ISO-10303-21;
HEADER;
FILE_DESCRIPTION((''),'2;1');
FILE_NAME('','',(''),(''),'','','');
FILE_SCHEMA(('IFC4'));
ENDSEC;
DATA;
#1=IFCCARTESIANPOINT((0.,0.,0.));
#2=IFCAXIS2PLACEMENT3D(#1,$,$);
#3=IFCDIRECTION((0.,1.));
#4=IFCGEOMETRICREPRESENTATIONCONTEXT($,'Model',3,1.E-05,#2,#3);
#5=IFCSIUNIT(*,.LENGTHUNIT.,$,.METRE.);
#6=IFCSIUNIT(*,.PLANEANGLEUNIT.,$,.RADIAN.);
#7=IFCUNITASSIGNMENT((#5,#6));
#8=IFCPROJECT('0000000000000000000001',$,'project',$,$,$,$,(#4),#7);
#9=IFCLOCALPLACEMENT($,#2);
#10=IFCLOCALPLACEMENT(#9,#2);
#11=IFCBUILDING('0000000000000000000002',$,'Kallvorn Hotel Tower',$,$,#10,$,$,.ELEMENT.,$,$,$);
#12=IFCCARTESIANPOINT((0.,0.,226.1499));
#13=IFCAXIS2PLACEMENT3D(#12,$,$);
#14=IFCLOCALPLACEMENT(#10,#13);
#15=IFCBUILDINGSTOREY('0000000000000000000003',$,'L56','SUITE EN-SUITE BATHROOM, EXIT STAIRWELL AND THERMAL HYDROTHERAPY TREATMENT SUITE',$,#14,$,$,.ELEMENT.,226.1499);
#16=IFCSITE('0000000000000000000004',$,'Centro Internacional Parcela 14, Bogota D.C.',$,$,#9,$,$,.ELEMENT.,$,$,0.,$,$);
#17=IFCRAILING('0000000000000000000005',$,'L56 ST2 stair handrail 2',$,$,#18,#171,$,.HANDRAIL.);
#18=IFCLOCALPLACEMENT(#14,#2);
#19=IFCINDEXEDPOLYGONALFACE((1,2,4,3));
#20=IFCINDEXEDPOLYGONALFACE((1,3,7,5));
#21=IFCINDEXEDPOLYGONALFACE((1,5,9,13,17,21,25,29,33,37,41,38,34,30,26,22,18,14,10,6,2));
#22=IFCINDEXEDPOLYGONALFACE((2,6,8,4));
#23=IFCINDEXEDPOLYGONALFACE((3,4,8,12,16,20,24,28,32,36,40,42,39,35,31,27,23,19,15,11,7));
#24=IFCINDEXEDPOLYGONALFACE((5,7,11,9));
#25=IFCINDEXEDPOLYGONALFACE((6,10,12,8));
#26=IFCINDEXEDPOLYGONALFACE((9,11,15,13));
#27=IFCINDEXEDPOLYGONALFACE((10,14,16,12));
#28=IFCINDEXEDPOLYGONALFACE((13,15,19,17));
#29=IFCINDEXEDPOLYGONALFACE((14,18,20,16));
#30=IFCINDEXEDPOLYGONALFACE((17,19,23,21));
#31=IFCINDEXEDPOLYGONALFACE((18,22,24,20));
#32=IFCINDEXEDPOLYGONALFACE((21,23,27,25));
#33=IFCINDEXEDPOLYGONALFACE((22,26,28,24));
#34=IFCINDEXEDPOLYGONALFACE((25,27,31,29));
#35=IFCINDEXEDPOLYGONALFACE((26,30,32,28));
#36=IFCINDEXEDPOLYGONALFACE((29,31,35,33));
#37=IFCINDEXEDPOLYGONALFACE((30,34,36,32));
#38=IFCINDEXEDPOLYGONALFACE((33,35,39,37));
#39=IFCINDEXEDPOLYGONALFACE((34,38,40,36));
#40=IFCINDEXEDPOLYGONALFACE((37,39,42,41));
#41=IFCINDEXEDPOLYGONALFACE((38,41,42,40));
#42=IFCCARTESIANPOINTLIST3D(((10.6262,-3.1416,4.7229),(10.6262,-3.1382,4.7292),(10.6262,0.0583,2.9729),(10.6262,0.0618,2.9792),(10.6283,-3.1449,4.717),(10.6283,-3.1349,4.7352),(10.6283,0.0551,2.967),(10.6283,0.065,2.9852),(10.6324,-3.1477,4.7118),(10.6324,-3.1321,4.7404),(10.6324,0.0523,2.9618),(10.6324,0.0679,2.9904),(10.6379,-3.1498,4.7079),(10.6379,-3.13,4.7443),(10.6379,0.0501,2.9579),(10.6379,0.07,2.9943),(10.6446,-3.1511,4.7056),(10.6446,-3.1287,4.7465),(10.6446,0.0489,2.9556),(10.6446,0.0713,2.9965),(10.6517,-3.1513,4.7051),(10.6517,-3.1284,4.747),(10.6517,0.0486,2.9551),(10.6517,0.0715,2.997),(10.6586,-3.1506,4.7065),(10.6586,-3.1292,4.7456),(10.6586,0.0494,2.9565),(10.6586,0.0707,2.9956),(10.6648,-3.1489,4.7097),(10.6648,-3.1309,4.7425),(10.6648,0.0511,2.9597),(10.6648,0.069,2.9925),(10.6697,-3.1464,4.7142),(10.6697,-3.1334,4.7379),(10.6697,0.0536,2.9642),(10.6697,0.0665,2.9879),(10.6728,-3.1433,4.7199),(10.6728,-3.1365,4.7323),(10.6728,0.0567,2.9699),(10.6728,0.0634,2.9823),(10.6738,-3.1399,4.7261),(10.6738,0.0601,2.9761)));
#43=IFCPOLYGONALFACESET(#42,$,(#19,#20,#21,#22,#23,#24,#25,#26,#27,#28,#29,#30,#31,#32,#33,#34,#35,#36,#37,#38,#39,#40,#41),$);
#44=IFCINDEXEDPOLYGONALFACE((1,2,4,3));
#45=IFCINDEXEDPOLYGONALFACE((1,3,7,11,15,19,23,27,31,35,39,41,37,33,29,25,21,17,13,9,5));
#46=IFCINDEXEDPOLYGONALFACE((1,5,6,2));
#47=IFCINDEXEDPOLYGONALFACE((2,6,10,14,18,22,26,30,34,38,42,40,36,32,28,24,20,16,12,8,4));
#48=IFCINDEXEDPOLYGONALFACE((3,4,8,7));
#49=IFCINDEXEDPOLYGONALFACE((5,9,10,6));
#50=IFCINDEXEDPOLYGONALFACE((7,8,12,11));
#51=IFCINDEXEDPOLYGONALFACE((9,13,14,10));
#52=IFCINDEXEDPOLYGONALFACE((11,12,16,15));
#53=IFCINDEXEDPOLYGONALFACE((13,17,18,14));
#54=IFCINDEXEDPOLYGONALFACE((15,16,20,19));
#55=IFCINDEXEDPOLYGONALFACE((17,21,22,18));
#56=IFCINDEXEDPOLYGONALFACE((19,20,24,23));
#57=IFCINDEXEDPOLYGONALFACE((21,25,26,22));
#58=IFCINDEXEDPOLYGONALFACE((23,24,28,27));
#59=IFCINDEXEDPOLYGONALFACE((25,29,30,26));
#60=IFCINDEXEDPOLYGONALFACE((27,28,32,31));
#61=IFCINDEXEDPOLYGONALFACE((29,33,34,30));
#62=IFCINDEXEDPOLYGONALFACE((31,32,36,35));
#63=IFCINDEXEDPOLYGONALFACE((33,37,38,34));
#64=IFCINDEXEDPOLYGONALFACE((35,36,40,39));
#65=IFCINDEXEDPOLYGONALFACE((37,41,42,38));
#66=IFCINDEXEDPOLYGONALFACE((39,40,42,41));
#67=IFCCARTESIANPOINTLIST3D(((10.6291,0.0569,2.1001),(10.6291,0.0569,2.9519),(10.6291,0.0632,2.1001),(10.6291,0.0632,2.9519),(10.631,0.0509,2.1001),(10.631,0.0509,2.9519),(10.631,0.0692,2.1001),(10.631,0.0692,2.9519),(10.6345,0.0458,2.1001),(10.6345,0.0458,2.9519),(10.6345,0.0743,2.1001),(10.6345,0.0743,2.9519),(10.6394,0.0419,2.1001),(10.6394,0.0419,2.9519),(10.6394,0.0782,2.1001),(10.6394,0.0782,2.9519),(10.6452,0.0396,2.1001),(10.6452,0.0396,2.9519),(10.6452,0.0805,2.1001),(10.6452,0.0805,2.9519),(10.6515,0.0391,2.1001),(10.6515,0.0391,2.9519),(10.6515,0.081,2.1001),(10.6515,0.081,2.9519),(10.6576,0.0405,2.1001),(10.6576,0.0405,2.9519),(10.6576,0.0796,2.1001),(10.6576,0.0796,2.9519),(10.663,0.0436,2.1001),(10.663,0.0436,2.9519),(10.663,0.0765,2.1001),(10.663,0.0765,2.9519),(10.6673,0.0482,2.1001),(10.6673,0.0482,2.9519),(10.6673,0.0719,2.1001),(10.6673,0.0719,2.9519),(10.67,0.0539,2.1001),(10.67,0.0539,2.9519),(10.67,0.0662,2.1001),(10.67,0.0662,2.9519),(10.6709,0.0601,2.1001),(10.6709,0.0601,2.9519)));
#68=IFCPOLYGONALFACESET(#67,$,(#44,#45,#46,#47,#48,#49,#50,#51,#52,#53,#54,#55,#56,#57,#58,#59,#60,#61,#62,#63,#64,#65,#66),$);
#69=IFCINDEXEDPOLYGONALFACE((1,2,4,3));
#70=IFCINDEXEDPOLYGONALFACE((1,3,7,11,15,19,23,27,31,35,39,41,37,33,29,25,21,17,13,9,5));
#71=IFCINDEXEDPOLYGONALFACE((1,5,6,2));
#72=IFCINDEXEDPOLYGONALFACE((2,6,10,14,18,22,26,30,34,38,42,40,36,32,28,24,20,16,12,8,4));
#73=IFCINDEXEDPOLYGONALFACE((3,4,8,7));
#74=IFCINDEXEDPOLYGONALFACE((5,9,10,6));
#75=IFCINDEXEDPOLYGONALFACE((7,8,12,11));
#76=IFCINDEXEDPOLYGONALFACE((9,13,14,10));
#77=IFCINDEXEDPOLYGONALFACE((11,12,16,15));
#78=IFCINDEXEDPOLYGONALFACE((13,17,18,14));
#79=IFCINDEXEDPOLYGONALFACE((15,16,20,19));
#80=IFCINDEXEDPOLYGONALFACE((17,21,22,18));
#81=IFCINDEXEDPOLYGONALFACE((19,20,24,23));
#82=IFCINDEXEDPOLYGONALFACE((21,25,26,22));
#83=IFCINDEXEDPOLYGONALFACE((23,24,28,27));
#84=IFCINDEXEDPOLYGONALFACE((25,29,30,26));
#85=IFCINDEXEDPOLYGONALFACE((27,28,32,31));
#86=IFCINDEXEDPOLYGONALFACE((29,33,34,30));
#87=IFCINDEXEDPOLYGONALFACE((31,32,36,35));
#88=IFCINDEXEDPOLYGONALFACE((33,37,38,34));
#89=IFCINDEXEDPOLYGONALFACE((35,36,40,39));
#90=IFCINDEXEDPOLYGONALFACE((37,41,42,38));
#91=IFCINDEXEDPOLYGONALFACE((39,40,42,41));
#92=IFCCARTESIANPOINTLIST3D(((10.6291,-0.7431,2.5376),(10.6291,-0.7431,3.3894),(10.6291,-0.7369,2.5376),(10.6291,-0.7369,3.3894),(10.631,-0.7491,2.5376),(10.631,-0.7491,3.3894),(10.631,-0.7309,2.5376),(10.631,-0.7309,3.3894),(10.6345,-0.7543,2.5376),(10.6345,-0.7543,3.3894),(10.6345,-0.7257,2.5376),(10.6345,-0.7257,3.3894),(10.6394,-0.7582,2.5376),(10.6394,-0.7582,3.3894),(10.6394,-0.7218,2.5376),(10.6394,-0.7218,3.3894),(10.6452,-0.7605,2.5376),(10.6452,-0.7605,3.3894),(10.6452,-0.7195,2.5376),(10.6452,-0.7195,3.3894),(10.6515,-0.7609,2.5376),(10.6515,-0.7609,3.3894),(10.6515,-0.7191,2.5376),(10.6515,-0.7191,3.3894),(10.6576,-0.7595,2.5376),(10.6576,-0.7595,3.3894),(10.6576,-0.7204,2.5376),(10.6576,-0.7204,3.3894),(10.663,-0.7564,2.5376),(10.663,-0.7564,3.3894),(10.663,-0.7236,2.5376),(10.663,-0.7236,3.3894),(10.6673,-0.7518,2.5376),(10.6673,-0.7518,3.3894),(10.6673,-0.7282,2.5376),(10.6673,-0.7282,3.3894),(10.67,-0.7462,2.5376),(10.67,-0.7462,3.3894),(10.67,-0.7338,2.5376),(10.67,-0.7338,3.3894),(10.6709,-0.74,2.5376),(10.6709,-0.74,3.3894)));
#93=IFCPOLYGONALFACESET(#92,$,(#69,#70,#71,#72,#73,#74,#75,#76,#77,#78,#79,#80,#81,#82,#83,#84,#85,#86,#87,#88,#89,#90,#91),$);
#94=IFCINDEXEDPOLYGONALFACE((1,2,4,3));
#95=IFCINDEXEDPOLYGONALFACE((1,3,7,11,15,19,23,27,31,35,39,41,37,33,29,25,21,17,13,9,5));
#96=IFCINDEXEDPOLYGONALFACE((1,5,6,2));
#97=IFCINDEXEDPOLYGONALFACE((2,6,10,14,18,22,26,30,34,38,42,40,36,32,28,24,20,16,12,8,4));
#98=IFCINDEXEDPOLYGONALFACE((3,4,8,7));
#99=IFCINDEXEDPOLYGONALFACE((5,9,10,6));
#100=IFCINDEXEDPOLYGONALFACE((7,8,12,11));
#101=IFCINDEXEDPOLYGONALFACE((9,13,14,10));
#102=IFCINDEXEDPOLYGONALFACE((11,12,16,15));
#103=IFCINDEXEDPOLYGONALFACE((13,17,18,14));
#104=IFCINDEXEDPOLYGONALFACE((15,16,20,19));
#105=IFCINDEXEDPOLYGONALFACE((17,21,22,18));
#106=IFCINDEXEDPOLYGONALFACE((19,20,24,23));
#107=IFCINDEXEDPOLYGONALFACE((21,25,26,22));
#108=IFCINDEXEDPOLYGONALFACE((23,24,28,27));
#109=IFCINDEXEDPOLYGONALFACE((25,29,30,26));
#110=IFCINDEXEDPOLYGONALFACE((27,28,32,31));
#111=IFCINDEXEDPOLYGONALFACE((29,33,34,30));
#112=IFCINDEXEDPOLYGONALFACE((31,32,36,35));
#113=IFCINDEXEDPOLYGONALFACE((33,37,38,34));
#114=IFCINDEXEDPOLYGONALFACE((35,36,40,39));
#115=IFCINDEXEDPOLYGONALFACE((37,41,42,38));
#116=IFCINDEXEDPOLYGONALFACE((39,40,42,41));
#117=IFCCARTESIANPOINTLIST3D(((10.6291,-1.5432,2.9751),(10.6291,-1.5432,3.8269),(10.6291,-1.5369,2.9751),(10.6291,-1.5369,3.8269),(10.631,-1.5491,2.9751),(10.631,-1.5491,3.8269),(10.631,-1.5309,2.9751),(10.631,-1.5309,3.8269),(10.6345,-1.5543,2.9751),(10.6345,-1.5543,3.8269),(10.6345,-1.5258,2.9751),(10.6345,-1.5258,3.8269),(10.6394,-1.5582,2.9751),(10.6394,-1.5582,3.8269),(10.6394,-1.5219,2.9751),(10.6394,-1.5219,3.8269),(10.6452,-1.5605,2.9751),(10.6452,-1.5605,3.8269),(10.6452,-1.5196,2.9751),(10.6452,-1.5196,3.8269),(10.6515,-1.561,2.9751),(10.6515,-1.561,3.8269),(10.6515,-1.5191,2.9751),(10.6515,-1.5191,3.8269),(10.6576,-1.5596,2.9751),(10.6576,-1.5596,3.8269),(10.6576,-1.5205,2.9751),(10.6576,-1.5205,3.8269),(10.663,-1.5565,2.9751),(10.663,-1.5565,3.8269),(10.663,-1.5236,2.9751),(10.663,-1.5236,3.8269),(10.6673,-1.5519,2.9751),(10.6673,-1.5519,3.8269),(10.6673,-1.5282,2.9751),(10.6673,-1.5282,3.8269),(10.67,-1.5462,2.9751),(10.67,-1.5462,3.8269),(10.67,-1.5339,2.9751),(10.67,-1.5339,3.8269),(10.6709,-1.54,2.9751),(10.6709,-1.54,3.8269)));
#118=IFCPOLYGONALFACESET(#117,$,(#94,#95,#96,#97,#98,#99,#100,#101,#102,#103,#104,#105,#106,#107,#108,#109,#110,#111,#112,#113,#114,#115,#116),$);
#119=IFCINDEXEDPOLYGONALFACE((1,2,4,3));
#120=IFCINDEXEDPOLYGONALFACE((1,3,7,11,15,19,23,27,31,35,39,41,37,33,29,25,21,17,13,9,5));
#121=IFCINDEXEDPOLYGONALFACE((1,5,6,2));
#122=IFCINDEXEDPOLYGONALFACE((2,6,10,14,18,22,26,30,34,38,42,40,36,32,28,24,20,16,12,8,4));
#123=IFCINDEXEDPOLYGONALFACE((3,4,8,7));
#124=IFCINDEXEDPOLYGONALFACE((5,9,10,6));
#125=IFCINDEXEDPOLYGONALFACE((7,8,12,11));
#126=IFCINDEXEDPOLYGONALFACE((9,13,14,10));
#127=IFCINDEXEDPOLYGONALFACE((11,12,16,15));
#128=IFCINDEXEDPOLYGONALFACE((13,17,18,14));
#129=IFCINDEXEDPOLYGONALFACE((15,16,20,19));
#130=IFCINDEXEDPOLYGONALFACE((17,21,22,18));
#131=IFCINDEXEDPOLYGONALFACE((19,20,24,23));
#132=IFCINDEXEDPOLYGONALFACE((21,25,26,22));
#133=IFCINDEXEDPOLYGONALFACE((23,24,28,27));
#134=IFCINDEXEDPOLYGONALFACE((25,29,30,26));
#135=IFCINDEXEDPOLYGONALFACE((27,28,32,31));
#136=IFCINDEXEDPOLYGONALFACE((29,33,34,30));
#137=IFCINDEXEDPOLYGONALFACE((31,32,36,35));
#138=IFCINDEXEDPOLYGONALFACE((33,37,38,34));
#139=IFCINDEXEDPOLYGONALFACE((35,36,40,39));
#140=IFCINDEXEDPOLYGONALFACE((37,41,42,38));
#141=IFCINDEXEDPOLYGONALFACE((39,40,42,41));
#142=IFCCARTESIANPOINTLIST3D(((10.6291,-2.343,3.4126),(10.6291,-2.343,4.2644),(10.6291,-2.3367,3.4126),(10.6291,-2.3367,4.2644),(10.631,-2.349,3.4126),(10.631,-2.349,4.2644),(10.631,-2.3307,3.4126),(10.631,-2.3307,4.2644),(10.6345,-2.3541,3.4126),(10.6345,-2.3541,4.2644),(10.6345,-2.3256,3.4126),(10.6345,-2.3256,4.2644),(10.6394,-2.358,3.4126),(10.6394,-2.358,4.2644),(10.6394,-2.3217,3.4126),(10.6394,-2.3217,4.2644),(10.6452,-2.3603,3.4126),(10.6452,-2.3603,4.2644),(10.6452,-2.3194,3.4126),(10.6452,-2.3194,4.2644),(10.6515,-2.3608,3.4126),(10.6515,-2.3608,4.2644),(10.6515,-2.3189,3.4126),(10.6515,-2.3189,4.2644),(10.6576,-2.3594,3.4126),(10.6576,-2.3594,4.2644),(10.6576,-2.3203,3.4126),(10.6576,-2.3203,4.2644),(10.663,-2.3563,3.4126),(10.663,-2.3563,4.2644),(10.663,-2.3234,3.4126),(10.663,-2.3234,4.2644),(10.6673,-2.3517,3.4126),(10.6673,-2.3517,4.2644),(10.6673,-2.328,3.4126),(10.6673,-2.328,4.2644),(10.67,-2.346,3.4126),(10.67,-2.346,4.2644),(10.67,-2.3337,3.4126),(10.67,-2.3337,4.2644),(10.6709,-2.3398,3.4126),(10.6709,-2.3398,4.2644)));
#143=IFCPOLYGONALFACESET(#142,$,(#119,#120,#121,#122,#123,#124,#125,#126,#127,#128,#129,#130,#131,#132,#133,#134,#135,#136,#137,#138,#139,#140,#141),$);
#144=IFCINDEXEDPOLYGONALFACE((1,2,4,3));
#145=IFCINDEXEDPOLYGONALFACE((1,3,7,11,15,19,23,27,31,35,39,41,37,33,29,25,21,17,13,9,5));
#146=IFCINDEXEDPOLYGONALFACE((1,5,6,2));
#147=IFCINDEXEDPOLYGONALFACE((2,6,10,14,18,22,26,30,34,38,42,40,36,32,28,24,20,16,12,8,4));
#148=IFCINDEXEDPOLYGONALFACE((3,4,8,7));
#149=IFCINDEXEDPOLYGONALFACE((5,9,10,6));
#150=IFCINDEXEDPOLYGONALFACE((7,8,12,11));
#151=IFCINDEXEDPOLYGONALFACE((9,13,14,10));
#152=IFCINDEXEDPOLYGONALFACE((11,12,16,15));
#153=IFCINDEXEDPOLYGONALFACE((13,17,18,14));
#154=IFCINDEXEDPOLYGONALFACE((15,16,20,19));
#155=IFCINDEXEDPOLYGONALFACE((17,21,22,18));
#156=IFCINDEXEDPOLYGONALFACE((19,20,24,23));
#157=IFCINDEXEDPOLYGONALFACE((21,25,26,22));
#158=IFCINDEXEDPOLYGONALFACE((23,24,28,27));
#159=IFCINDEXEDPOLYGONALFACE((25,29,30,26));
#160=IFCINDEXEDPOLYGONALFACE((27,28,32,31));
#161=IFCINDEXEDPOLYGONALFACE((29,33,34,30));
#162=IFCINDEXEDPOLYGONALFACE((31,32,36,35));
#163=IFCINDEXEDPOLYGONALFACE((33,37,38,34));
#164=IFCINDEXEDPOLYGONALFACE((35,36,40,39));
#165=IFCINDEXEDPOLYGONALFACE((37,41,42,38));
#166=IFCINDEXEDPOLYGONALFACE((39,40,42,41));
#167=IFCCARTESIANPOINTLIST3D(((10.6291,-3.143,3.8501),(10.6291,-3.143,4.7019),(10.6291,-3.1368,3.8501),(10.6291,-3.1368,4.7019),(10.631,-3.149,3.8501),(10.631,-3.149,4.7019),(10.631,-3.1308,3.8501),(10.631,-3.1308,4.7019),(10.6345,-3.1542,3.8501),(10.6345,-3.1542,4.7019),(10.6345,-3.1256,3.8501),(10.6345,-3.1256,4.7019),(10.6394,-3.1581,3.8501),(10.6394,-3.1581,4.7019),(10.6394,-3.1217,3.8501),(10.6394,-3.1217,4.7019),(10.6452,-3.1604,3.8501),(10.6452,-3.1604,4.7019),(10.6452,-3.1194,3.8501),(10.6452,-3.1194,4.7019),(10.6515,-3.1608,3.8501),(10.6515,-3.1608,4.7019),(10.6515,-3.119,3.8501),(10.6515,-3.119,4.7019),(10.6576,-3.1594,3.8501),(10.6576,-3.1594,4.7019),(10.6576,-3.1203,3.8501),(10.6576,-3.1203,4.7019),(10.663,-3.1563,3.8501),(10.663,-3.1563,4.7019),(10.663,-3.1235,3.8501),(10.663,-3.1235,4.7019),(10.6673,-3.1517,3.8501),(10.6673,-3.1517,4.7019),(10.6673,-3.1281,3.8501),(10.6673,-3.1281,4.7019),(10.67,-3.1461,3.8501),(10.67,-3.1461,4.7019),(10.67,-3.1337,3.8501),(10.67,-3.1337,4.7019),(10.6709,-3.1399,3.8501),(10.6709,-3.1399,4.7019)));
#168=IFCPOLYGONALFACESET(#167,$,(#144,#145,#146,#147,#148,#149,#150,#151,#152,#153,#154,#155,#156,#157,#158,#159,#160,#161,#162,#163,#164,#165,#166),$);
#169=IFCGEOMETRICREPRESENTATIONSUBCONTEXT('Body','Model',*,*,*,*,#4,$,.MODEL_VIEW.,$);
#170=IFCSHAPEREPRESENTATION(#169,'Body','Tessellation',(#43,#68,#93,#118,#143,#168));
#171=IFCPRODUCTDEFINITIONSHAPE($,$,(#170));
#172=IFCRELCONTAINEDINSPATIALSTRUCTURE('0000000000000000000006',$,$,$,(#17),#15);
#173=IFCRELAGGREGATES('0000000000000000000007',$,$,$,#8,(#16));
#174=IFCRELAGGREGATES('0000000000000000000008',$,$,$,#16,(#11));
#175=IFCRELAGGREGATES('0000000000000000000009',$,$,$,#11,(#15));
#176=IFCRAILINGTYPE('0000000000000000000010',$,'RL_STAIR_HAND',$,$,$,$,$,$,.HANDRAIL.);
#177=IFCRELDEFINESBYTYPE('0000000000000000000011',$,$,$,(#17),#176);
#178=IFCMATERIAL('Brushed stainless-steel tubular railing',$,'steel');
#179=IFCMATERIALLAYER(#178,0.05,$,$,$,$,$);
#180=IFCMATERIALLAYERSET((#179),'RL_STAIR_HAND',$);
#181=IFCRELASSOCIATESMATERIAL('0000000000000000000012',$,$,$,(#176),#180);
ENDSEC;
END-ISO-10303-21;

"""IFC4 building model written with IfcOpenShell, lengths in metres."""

from ifc_helpers import new_model, si_unit, direction, frame, origin, origin_2d, place, context, subcontext, project, spatial, circle, extrude, material, layer, layer_set, type_object, element, save


model = new_model("IFC4")

# Units and contexts
model_context = context("Model", 3, precision=1e-05, world=origin(), true_north=direction((0.0, 1.0)))
body_context = subcontext(model_context, "Body", "Model", "MODEL_VIEW")
ifc_project = project(units=[si_unit("LENGTHUNIT", "METRE"), si_unit("PLANEANGLEUNIT", "RADIAN")], contexts=[model_context])

# Site, building, storey
site_placement = place(None, origin())
site = spatial("IfcSite", under=ifc_project, at=site_placement, Name="Centro Internacional Parcela 14, Bogota D.C.", CompositionType="ELEMENT", RefElevation=0.0)
building_placement = place(site_placement, origin())
building = spatial("IfcBuilding", under=site, at=building_placement, Name="Kallvorn Hotel Tower", CompositionType="ELEMENT")
storey_placement = place(building_placement, frame((0.0, 0.0, 226.1499)))
storey = spatial("IfcBuildingStorey", under=building, at=storey_placement, Name="L56", Description="SUITE EN-SUITE BATHROOM, EXIT STAIRWELL AND THERMAL HYDROTHERAPY TREATMENT SUITE", CompositionType="ELEMENT", Elevation=226.1499)

# Railing
ifc_material_1 = material(Name="Brushed stainless-steel tubular railing", Category="steel")
ifc_layer_1 = layer(ifc_material_1, 0.05)
ifc_layer_set_1 = layer_set([ifc_layer_1], Name="RL_STAIR_HAND")
railing_type_1 = type_object("IfcRailingType", Name="RL_STAIR_HAND", PredefinedType="HANDRAIL", material=ifc_layer_set_1)
railing_1_placement = place(storey_placement, frame((10.6499, 0.0601, 2.1001)))
element("IfcRailing", 1, at=railing_1_placement, inside=storey, type_object=railing_type_1, Name="L56 ST2 stair handrail 2", PredefinedType="HANDRAIL", context=body_context, shape_type="SweptSolid", body=[
    extrude(circle(Radius=0.0239, at=origin_2d()), frame((0.0, 0.0, 0.876), z_axis=(0.0, -0.877368, 0.479818), x_axis=(1.0, 0.0, 0.0)), (0.0, 0.0, 1.0), 3.6472),
    extrude(circle(Radius=0.021, at=origin_2d()), origin(), (0.0, 0.0, 1.0), 0.8518),
    extrude(circle(Radius=0.021, at=origin_2d()), frame((0.0, -0.8, 0.4375)), (0.0, 0.0, 1.0), 0.8518),
    extrude(circle(Radius=0.021, at=origin_2d()), frame((0.0, -1.6001, 0.875)), (0.0, 0.0, 1.0), 0.8518),
    extrude(circle(Radius=0.021, at=origin_2d()), frame((0.0, -2.3999, 1.3125)), (0.0, 0.0, 1.0), 0.8518),
    extrude(circle(Radius=0.021, at=origin_2d()), frame((0.0, -3.2, 1.75)), (0.0, 0.0, 1.0), 0.8518),
])

save(model, "model.ifc")
